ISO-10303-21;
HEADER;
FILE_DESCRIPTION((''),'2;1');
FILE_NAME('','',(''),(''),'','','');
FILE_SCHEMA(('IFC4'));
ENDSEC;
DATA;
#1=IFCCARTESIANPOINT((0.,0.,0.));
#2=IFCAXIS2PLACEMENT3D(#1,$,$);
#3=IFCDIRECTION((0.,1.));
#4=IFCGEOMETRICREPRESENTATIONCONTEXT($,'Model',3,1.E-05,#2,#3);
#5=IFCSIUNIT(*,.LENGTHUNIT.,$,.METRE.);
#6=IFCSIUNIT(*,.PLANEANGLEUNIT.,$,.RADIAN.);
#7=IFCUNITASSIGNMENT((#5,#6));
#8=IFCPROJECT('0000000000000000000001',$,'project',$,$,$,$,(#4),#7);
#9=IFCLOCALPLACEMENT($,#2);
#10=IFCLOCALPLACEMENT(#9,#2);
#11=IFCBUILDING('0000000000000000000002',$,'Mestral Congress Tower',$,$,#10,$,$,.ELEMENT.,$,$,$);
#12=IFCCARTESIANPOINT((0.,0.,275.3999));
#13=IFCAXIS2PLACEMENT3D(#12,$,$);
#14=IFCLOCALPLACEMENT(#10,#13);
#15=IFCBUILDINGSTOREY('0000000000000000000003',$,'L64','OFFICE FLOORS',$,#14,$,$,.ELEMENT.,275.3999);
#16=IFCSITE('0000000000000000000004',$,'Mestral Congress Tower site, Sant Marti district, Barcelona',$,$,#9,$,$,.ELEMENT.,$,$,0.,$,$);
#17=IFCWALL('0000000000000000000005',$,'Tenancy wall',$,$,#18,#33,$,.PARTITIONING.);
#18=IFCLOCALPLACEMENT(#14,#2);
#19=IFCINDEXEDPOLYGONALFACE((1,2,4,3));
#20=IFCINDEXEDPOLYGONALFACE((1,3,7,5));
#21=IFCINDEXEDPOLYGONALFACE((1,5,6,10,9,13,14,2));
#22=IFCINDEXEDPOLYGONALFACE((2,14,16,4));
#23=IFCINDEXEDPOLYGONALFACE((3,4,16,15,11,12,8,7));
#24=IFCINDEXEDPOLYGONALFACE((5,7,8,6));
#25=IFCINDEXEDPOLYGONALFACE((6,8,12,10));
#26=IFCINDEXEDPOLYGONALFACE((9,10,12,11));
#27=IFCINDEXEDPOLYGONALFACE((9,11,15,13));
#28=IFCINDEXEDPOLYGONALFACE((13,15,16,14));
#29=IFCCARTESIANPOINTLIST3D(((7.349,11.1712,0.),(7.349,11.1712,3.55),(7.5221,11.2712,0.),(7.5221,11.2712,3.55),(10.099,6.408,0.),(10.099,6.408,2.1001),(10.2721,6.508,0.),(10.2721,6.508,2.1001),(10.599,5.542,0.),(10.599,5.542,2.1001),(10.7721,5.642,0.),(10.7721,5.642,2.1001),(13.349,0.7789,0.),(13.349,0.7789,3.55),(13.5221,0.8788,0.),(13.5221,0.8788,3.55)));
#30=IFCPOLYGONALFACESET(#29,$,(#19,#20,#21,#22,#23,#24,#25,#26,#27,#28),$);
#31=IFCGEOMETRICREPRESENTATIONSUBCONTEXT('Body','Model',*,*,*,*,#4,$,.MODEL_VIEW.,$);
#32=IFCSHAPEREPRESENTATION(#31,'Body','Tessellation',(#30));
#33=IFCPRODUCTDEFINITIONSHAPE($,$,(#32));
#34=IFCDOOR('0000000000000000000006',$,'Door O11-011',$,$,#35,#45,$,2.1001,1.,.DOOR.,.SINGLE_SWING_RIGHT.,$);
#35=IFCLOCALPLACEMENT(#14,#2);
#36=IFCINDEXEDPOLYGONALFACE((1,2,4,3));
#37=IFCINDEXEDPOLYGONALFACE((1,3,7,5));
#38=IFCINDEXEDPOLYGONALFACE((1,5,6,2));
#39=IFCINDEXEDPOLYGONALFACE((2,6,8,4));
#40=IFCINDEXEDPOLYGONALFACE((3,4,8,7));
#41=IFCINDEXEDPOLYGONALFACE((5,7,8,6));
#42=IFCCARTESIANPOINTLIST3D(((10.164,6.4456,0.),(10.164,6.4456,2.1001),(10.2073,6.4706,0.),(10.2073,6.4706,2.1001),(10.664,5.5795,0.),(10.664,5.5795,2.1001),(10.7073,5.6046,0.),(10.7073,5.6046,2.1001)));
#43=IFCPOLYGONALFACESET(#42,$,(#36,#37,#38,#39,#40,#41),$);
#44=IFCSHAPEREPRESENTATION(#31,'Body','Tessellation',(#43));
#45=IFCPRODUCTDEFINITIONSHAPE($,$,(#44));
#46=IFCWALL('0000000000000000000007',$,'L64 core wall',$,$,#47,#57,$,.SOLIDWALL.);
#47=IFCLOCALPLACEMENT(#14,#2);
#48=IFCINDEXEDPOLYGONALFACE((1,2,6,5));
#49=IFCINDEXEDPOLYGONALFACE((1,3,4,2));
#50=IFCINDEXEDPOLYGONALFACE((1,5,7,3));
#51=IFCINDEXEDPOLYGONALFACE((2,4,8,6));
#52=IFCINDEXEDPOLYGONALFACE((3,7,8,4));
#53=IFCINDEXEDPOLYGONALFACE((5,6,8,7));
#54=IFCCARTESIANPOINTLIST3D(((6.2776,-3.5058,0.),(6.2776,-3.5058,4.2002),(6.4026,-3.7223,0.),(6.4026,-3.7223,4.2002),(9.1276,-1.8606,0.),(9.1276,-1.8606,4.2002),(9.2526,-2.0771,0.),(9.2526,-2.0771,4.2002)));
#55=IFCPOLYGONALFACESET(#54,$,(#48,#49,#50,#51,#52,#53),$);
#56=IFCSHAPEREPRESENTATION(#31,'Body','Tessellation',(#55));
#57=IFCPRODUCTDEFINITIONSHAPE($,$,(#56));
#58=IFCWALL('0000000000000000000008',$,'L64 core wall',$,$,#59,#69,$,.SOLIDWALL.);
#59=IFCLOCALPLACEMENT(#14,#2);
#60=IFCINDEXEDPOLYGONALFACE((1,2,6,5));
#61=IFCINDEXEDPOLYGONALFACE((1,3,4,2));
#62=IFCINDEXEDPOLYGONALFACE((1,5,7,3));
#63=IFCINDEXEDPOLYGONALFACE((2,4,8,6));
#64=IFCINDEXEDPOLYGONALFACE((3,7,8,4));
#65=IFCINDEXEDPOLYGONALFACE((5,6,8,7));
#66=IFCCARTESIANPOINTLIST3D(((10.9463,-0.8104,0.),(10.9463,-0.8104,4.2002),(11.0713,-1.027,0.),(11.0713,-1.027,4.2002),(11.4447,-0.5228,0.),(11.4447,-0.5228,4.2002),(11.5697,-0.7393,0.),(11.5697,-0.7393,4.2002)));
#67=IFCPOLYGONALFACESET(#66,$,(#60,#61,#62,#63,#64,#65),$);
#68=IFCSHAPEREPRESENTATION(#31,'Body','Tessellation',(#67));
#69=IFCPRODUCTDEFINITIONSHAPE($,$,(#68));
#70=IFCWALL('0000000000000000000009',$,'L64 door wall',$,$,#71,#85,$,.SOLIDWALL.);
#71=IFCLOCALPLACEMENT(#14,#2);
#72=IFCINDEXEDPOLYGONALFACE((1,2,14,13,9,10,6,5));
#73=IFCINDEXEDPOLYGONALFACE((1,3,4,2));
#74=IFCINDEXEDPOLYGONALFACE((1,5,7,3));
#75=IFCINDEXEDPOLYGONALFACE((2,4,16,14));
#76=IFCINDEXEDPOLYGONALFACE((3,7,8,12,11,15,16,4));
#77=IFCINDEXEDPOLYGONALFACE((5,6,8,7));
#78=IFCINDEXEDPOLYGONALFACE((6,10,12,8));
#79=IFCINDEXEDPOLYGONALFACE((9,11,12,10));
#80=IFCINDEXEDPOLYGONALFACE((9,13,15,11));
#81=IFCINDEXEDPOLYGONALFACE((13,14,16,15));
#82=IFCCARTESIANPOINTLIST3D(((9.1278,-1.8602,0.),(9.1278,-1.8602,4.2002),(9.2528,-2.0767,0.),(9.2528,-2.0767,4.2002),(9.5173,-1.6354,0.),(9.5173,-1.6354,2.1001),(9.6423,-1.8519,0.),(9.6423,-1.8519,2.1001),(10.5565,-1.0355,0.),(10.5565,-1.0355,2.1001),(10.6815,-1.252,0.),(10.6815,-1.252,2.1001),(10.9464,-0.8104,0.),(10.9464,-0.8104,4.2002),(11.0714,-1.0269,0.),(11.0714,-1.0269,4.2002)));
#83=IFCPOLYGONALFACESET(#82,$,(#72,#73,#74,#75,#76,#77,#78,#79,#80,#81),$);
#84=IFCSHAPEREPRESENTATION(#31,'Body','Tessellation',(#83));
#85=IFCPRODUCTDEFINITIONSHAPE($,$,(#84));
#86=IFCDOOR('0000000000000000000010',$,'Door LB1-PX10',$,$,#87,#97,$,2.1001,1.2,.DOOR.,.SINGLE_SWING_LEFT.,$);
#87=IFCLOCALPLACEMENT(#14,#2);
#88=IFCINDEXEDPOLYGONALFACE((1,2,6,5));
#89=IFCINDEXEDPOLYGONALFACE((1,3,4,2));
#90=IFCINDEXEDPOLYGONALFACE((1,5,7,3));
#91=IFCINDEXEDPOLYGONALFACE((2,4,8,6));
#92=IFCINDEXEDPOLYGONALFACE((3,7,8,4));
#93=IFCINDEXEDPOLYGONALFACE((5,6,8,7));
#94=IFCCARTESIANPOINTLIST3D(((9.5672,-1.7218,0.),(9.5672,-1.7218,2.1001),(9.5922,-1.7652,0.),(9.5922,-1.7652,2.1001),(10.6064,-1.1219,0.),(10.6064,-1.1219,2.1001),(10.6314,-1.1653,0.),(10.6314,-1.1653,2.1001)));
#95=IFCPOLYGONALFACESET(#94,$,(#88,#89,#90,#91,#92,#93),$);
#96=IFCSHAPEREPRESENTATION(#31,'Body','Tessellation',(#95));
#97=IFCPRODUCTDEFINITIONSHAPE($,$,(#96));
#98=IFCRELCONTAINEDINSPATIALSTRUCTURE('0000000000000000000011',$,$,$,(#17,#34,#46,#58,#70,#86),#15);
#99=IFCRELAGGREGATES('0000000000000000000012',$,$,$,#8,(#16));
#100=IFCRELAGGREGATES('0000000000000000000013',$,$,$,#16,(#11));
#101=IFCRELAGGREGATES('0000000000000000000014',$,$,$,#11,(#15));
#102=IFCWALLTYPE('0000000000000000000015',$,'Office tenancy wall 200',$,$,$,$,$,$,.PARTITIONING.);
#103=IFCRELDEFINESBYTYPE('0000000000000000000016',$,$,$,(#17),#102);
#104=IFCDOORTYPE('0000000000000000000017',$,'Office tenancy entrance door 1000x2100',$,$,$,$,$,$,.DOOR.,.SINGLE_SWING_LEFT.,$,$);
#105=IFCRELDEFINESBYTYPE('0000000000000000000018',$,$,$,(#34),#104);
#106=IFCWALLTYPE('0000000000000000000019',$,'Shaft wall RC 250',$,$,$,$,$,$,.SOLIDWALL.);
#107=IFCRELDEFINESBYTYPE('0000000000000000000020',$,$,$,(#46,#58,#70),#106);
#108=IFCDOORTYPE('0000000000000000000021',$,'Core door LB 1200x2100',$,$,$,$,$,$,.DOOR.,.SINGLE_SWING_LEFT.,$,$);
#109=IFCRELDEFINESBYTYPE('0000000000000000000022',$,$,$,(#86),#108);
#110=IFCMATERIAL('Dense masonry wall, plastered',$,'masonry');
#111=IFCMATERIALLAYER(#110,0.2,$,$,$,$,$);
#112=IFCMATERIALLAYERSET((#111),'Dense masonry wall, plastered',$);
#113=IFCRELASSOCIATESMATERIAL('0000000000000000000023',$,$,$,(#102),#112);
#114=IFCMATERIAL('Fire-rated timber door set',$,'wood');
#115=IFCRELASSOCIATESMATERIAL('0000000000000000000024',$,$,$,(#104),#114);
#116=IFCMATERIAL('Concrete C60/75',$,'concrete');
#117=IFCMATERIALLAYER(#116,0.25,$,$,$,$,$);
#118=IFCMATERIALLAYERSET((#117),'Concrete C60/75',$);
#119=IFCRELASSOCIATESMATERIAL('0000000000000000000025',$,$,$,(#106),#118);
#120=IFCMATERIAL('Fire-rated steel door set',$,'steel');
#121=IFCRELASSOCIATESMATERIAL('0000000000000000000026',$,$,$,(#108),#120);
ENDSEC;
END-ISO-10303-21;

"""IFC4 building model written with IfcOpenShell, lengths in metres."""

from ifc_helpers import new_model, si_unit, direction, frame, frame_2d, origin, place, context, subcontext, project, spatial, rectangle, extrude, material, layer, layer_set, type_object, element, fill, save


model = new_model("IFC4")

# Units and contexts
model_context = context("Model", 3, precision=1e-05, world=origin(), true_north=direction((0.0, 1.0)))
body_context = subcontext(model_context, "Body", "Model", "MODEL_VIEW")
ifc_project = project(units=[si_unit("LENGTHUNIT", "METRE"), si_unit("PLANEANGLEUNIT", "RADIAN")], contexts=[model_context])

# Site, building, storey
site_placement = place(None, origin())
site = spatial("IfcSite", under=ifc_project, at=site_placement, Name="Mestral Congress Tower site, Sant Marti district, Barcelona", CompositionType="ELEMENT", RefElevation=0.0)
building_placement = place(site_placement, origin())
building = spatial("IfcBuilding", under=site, at=building_placement, Name="Mestral Congress Tower", CompositionType="ELEMENT")
storey_placement = place(building_placement, frame((0.0, 0.0, 275.3999)))
storey = spatial("IfcBuildingStorey", under=building, at=storey_placement, Name="L64", Description="OFFICE FLOORS", CompositionType="ELEMENT", Elevation=275.3999)

# Shared definitions
ifc_material_1 = material(Name="Concrete C60/75", Category="concrete")

# Shared definitions
ifc_material_2 = material(Name="Fire-rated steel door set", Category="steel")

# Wall, opening, door
ifc_material_3 = material(Name="Dense masonry wall, plastered", Category="masonry")
ifc_layer_1 = layer(ifc_material_3, 0.2)
ifc_layer_set_1 = layer_set([ifc_layer_1], Name="Dense masonry wall, plastered")
wall_type_1 = type_object("IfcWallType", Name="Office tenancy wall 200", PredefinedType="PARTITIONING", material=ifc_layer_set_1)
wall_1_placement = place(storey_placement, frame((13.4355, 0.8289, 0.0), z_axis=(0.0, 0.0, 1.0), x_axis=(-0.499999, 0.866026, 0.0)))
wall_1 = element("IfcWall", 1, at=wall_1_placement, inside=storey, type_object=wall_type_1, Name="Tenancy wall", PredefinedType="PARTITIONING", context=body_context, shape_type="SweptSolid", body=[
    extrude(rectangle(XDim=12.0, YDim=0.2, at=frame_2d((6.0, 0.0))), origin(), (0.0, 0.0, 1.0), 3.55),
])
opening_1_placement = place(wall_1_placement, frame((5.5, 0.0, 0.0)))
opening_1 = element("IfcOpeningElement", 2, at=opening_1_placement, cuts=wall_1, PredefinedType="OPENING", context=body_context, shape_type="SweptSolid", body=[
    extrude(rectangle(XDim=1.0, YDim=2.1001, at=frame_2d((0.5, 1.05))), frame((0.0, 0.1099, 0.0), z_axis=(0.0, -1.0, 0.0), x_axis=(1.0, 0.0, 0.0)), (0.0, 0.0, 1.0), 0.22),
])
ifc_material_4 = material(Name="Fire-rated timber door set", Category="wood")
door_type_1 = type_object("IfcDoorType", Name="Office tenancy entrance door 1000x2100", OperationType="SINGLE_SWING_LEFT", PredefinedType="DOOR", material=ifc_material_4)
door_1_placement = place(opening_1_placement, origin())
door_1 = element("IfcDoor", 3, at=door_1_placement, inside=storey, type_object=door_type_1, Name="Door O11-011", OperationType="SINGLE_SWING_RIGHT", OverallHeight=2.1001, OverallWidth=1.0, PredefinedType="DOOR", context=body_context, shape_type="SweptSolid", body=[
    extrude(rectangle(XDim=1.0, YDim=2.1001, at=frame_2d((0.5, 1.05))), frame((0.0, 0.0249, 0.0), z_axis=(0.0, -1.0, 0.0), x_axis=(1.0, 0.0, 0.0)), (0.0, 0.0, 1.0), 0.05),
])
fill(opening_1, door_1)

# Walls
ifc_layer_2 = layer(ifc_material_1, 0.25)
ifc_layer_set_2 = layer_set([ifc_layer_2], Name="Concrete C60/75")
wall_type_2 = type_object("IfcWallType", Name="Shaft wall RC 250", PredefinedType="SOLIDWALL", material=ifc_layer_set_2)
wall_2_placement = place(storey_placement, frame((9.1902, -1.9688, 0.0), z_axis=(0.0, 0.0, 1.0), x_axis=(-0.866057, -0.499945, 0.0)))
element("IfcWall", 4, at=wall_2_placement, inside=storey, type_object=wall_type_2, Name="L64 core wall", PredefinedType="SOLIDWALL", context=body_context, shape_type="SweptSolid", body=[
    extrude(rectangle(XDim=3.2908, YDim=0.25, at=frame_2d((1.6455, 0.0))), origin(), (0.0, 0.0, 1.0), 4.2002),
])
wall_3_placement = place(storey_placement, frame((11.5071, -0.6311, 0.0), z_axis=(0.0, 0.0, 1.0), x_axis=(-0.866094, -0.499882, 0.0)))
element("IfcWall", 5, at=wall_3_placement, inside=storey, type_object=wall_type_2, Name="L64 core wall", PredefinedType="SOLIDWALL", context=body_context, shape_type="SweptSolid", body=[
    extrude(rectangle(XDim=0.5754, YDim=0.25, at=frame_2d((0.2876, 0.0))), origin(), (0.0, 0.0, 1.0), 4.2002),
])

# Wall, opening, door
wall_4_placement = place(storey_placement, frame((11.0088, -0.9187, 0.0), z_axis=(0.0, 0.0, 1.0), x_axis=(-0.86606, -0.499941, 0.0)))
wall_4 = element("IfcWall", 6, at=wall_4_placement, inside=storey, type_object=wall_type_2, Name="L64 door wall", PredefinedType="SOLIDWALL", context=body_context, shape_type="SweptSolid", body=[
    extrude(rectangle(XDim=2.0999, YDim=0.25, at=frame_2d((1.0498, 0.0))), origin(), (0.0, 0.0, 1.0), 4.2002),
])
opening_2_placement = place(wall_4_placement, frame((0.45, 0.0, 0.0)))
opening_2 = element("IfcOpeningElement", 7, at=opening_2_placement, cuts=wall_4, PredefinedType="OPENING", context=body_context, shape_type="SweptSolid", body=[
    extrude(rectangle(XDim=1.2, YDim=2.1001, at=frame_2d((0.6001, 1.05))), frame((0.0, 0.135, 0.0), z_axis=(0.0, -1.0, 0.0), x_axis=(1.0, 0.0, 0.0)), (0.0, 0.0, 1.0), 0.27),
])
door_type_2 = type_object("IfcDoorType", Name="Core door LB 1200x2100", OperationType="SINGLE_SWING_LEFT", PredefinedType="DOOR", material=ifc_material_2)
door_2_placement = place(opening_2_placement, origin())
door_2 = element("IfcDoor", 8, at=door_2_placement, inside=storey, type_object=door_type_2, Name="Door LB1-PX10", OperationType="SINGLE_SWING_LEFT", OverallHeight=2.1001, OverallWidth=1.2, PredefinedType="DOOR", context=body_context, shape_type="SweptSolid", body=[
    extrude(rectangle(XDim=1.2, YDim=2.1001, at=frame_2d((0.6001, 1.05))), frame((0.0, 0.0249, 0.0), z_axis=(0.0, -1.0, 0.0), x_axis=(1.0, 0.0, 0.0)), (0.0, 0.0, 1.0), 0.05),
])
fill(opening_2, door_2)

save(model, "model.ifc")
